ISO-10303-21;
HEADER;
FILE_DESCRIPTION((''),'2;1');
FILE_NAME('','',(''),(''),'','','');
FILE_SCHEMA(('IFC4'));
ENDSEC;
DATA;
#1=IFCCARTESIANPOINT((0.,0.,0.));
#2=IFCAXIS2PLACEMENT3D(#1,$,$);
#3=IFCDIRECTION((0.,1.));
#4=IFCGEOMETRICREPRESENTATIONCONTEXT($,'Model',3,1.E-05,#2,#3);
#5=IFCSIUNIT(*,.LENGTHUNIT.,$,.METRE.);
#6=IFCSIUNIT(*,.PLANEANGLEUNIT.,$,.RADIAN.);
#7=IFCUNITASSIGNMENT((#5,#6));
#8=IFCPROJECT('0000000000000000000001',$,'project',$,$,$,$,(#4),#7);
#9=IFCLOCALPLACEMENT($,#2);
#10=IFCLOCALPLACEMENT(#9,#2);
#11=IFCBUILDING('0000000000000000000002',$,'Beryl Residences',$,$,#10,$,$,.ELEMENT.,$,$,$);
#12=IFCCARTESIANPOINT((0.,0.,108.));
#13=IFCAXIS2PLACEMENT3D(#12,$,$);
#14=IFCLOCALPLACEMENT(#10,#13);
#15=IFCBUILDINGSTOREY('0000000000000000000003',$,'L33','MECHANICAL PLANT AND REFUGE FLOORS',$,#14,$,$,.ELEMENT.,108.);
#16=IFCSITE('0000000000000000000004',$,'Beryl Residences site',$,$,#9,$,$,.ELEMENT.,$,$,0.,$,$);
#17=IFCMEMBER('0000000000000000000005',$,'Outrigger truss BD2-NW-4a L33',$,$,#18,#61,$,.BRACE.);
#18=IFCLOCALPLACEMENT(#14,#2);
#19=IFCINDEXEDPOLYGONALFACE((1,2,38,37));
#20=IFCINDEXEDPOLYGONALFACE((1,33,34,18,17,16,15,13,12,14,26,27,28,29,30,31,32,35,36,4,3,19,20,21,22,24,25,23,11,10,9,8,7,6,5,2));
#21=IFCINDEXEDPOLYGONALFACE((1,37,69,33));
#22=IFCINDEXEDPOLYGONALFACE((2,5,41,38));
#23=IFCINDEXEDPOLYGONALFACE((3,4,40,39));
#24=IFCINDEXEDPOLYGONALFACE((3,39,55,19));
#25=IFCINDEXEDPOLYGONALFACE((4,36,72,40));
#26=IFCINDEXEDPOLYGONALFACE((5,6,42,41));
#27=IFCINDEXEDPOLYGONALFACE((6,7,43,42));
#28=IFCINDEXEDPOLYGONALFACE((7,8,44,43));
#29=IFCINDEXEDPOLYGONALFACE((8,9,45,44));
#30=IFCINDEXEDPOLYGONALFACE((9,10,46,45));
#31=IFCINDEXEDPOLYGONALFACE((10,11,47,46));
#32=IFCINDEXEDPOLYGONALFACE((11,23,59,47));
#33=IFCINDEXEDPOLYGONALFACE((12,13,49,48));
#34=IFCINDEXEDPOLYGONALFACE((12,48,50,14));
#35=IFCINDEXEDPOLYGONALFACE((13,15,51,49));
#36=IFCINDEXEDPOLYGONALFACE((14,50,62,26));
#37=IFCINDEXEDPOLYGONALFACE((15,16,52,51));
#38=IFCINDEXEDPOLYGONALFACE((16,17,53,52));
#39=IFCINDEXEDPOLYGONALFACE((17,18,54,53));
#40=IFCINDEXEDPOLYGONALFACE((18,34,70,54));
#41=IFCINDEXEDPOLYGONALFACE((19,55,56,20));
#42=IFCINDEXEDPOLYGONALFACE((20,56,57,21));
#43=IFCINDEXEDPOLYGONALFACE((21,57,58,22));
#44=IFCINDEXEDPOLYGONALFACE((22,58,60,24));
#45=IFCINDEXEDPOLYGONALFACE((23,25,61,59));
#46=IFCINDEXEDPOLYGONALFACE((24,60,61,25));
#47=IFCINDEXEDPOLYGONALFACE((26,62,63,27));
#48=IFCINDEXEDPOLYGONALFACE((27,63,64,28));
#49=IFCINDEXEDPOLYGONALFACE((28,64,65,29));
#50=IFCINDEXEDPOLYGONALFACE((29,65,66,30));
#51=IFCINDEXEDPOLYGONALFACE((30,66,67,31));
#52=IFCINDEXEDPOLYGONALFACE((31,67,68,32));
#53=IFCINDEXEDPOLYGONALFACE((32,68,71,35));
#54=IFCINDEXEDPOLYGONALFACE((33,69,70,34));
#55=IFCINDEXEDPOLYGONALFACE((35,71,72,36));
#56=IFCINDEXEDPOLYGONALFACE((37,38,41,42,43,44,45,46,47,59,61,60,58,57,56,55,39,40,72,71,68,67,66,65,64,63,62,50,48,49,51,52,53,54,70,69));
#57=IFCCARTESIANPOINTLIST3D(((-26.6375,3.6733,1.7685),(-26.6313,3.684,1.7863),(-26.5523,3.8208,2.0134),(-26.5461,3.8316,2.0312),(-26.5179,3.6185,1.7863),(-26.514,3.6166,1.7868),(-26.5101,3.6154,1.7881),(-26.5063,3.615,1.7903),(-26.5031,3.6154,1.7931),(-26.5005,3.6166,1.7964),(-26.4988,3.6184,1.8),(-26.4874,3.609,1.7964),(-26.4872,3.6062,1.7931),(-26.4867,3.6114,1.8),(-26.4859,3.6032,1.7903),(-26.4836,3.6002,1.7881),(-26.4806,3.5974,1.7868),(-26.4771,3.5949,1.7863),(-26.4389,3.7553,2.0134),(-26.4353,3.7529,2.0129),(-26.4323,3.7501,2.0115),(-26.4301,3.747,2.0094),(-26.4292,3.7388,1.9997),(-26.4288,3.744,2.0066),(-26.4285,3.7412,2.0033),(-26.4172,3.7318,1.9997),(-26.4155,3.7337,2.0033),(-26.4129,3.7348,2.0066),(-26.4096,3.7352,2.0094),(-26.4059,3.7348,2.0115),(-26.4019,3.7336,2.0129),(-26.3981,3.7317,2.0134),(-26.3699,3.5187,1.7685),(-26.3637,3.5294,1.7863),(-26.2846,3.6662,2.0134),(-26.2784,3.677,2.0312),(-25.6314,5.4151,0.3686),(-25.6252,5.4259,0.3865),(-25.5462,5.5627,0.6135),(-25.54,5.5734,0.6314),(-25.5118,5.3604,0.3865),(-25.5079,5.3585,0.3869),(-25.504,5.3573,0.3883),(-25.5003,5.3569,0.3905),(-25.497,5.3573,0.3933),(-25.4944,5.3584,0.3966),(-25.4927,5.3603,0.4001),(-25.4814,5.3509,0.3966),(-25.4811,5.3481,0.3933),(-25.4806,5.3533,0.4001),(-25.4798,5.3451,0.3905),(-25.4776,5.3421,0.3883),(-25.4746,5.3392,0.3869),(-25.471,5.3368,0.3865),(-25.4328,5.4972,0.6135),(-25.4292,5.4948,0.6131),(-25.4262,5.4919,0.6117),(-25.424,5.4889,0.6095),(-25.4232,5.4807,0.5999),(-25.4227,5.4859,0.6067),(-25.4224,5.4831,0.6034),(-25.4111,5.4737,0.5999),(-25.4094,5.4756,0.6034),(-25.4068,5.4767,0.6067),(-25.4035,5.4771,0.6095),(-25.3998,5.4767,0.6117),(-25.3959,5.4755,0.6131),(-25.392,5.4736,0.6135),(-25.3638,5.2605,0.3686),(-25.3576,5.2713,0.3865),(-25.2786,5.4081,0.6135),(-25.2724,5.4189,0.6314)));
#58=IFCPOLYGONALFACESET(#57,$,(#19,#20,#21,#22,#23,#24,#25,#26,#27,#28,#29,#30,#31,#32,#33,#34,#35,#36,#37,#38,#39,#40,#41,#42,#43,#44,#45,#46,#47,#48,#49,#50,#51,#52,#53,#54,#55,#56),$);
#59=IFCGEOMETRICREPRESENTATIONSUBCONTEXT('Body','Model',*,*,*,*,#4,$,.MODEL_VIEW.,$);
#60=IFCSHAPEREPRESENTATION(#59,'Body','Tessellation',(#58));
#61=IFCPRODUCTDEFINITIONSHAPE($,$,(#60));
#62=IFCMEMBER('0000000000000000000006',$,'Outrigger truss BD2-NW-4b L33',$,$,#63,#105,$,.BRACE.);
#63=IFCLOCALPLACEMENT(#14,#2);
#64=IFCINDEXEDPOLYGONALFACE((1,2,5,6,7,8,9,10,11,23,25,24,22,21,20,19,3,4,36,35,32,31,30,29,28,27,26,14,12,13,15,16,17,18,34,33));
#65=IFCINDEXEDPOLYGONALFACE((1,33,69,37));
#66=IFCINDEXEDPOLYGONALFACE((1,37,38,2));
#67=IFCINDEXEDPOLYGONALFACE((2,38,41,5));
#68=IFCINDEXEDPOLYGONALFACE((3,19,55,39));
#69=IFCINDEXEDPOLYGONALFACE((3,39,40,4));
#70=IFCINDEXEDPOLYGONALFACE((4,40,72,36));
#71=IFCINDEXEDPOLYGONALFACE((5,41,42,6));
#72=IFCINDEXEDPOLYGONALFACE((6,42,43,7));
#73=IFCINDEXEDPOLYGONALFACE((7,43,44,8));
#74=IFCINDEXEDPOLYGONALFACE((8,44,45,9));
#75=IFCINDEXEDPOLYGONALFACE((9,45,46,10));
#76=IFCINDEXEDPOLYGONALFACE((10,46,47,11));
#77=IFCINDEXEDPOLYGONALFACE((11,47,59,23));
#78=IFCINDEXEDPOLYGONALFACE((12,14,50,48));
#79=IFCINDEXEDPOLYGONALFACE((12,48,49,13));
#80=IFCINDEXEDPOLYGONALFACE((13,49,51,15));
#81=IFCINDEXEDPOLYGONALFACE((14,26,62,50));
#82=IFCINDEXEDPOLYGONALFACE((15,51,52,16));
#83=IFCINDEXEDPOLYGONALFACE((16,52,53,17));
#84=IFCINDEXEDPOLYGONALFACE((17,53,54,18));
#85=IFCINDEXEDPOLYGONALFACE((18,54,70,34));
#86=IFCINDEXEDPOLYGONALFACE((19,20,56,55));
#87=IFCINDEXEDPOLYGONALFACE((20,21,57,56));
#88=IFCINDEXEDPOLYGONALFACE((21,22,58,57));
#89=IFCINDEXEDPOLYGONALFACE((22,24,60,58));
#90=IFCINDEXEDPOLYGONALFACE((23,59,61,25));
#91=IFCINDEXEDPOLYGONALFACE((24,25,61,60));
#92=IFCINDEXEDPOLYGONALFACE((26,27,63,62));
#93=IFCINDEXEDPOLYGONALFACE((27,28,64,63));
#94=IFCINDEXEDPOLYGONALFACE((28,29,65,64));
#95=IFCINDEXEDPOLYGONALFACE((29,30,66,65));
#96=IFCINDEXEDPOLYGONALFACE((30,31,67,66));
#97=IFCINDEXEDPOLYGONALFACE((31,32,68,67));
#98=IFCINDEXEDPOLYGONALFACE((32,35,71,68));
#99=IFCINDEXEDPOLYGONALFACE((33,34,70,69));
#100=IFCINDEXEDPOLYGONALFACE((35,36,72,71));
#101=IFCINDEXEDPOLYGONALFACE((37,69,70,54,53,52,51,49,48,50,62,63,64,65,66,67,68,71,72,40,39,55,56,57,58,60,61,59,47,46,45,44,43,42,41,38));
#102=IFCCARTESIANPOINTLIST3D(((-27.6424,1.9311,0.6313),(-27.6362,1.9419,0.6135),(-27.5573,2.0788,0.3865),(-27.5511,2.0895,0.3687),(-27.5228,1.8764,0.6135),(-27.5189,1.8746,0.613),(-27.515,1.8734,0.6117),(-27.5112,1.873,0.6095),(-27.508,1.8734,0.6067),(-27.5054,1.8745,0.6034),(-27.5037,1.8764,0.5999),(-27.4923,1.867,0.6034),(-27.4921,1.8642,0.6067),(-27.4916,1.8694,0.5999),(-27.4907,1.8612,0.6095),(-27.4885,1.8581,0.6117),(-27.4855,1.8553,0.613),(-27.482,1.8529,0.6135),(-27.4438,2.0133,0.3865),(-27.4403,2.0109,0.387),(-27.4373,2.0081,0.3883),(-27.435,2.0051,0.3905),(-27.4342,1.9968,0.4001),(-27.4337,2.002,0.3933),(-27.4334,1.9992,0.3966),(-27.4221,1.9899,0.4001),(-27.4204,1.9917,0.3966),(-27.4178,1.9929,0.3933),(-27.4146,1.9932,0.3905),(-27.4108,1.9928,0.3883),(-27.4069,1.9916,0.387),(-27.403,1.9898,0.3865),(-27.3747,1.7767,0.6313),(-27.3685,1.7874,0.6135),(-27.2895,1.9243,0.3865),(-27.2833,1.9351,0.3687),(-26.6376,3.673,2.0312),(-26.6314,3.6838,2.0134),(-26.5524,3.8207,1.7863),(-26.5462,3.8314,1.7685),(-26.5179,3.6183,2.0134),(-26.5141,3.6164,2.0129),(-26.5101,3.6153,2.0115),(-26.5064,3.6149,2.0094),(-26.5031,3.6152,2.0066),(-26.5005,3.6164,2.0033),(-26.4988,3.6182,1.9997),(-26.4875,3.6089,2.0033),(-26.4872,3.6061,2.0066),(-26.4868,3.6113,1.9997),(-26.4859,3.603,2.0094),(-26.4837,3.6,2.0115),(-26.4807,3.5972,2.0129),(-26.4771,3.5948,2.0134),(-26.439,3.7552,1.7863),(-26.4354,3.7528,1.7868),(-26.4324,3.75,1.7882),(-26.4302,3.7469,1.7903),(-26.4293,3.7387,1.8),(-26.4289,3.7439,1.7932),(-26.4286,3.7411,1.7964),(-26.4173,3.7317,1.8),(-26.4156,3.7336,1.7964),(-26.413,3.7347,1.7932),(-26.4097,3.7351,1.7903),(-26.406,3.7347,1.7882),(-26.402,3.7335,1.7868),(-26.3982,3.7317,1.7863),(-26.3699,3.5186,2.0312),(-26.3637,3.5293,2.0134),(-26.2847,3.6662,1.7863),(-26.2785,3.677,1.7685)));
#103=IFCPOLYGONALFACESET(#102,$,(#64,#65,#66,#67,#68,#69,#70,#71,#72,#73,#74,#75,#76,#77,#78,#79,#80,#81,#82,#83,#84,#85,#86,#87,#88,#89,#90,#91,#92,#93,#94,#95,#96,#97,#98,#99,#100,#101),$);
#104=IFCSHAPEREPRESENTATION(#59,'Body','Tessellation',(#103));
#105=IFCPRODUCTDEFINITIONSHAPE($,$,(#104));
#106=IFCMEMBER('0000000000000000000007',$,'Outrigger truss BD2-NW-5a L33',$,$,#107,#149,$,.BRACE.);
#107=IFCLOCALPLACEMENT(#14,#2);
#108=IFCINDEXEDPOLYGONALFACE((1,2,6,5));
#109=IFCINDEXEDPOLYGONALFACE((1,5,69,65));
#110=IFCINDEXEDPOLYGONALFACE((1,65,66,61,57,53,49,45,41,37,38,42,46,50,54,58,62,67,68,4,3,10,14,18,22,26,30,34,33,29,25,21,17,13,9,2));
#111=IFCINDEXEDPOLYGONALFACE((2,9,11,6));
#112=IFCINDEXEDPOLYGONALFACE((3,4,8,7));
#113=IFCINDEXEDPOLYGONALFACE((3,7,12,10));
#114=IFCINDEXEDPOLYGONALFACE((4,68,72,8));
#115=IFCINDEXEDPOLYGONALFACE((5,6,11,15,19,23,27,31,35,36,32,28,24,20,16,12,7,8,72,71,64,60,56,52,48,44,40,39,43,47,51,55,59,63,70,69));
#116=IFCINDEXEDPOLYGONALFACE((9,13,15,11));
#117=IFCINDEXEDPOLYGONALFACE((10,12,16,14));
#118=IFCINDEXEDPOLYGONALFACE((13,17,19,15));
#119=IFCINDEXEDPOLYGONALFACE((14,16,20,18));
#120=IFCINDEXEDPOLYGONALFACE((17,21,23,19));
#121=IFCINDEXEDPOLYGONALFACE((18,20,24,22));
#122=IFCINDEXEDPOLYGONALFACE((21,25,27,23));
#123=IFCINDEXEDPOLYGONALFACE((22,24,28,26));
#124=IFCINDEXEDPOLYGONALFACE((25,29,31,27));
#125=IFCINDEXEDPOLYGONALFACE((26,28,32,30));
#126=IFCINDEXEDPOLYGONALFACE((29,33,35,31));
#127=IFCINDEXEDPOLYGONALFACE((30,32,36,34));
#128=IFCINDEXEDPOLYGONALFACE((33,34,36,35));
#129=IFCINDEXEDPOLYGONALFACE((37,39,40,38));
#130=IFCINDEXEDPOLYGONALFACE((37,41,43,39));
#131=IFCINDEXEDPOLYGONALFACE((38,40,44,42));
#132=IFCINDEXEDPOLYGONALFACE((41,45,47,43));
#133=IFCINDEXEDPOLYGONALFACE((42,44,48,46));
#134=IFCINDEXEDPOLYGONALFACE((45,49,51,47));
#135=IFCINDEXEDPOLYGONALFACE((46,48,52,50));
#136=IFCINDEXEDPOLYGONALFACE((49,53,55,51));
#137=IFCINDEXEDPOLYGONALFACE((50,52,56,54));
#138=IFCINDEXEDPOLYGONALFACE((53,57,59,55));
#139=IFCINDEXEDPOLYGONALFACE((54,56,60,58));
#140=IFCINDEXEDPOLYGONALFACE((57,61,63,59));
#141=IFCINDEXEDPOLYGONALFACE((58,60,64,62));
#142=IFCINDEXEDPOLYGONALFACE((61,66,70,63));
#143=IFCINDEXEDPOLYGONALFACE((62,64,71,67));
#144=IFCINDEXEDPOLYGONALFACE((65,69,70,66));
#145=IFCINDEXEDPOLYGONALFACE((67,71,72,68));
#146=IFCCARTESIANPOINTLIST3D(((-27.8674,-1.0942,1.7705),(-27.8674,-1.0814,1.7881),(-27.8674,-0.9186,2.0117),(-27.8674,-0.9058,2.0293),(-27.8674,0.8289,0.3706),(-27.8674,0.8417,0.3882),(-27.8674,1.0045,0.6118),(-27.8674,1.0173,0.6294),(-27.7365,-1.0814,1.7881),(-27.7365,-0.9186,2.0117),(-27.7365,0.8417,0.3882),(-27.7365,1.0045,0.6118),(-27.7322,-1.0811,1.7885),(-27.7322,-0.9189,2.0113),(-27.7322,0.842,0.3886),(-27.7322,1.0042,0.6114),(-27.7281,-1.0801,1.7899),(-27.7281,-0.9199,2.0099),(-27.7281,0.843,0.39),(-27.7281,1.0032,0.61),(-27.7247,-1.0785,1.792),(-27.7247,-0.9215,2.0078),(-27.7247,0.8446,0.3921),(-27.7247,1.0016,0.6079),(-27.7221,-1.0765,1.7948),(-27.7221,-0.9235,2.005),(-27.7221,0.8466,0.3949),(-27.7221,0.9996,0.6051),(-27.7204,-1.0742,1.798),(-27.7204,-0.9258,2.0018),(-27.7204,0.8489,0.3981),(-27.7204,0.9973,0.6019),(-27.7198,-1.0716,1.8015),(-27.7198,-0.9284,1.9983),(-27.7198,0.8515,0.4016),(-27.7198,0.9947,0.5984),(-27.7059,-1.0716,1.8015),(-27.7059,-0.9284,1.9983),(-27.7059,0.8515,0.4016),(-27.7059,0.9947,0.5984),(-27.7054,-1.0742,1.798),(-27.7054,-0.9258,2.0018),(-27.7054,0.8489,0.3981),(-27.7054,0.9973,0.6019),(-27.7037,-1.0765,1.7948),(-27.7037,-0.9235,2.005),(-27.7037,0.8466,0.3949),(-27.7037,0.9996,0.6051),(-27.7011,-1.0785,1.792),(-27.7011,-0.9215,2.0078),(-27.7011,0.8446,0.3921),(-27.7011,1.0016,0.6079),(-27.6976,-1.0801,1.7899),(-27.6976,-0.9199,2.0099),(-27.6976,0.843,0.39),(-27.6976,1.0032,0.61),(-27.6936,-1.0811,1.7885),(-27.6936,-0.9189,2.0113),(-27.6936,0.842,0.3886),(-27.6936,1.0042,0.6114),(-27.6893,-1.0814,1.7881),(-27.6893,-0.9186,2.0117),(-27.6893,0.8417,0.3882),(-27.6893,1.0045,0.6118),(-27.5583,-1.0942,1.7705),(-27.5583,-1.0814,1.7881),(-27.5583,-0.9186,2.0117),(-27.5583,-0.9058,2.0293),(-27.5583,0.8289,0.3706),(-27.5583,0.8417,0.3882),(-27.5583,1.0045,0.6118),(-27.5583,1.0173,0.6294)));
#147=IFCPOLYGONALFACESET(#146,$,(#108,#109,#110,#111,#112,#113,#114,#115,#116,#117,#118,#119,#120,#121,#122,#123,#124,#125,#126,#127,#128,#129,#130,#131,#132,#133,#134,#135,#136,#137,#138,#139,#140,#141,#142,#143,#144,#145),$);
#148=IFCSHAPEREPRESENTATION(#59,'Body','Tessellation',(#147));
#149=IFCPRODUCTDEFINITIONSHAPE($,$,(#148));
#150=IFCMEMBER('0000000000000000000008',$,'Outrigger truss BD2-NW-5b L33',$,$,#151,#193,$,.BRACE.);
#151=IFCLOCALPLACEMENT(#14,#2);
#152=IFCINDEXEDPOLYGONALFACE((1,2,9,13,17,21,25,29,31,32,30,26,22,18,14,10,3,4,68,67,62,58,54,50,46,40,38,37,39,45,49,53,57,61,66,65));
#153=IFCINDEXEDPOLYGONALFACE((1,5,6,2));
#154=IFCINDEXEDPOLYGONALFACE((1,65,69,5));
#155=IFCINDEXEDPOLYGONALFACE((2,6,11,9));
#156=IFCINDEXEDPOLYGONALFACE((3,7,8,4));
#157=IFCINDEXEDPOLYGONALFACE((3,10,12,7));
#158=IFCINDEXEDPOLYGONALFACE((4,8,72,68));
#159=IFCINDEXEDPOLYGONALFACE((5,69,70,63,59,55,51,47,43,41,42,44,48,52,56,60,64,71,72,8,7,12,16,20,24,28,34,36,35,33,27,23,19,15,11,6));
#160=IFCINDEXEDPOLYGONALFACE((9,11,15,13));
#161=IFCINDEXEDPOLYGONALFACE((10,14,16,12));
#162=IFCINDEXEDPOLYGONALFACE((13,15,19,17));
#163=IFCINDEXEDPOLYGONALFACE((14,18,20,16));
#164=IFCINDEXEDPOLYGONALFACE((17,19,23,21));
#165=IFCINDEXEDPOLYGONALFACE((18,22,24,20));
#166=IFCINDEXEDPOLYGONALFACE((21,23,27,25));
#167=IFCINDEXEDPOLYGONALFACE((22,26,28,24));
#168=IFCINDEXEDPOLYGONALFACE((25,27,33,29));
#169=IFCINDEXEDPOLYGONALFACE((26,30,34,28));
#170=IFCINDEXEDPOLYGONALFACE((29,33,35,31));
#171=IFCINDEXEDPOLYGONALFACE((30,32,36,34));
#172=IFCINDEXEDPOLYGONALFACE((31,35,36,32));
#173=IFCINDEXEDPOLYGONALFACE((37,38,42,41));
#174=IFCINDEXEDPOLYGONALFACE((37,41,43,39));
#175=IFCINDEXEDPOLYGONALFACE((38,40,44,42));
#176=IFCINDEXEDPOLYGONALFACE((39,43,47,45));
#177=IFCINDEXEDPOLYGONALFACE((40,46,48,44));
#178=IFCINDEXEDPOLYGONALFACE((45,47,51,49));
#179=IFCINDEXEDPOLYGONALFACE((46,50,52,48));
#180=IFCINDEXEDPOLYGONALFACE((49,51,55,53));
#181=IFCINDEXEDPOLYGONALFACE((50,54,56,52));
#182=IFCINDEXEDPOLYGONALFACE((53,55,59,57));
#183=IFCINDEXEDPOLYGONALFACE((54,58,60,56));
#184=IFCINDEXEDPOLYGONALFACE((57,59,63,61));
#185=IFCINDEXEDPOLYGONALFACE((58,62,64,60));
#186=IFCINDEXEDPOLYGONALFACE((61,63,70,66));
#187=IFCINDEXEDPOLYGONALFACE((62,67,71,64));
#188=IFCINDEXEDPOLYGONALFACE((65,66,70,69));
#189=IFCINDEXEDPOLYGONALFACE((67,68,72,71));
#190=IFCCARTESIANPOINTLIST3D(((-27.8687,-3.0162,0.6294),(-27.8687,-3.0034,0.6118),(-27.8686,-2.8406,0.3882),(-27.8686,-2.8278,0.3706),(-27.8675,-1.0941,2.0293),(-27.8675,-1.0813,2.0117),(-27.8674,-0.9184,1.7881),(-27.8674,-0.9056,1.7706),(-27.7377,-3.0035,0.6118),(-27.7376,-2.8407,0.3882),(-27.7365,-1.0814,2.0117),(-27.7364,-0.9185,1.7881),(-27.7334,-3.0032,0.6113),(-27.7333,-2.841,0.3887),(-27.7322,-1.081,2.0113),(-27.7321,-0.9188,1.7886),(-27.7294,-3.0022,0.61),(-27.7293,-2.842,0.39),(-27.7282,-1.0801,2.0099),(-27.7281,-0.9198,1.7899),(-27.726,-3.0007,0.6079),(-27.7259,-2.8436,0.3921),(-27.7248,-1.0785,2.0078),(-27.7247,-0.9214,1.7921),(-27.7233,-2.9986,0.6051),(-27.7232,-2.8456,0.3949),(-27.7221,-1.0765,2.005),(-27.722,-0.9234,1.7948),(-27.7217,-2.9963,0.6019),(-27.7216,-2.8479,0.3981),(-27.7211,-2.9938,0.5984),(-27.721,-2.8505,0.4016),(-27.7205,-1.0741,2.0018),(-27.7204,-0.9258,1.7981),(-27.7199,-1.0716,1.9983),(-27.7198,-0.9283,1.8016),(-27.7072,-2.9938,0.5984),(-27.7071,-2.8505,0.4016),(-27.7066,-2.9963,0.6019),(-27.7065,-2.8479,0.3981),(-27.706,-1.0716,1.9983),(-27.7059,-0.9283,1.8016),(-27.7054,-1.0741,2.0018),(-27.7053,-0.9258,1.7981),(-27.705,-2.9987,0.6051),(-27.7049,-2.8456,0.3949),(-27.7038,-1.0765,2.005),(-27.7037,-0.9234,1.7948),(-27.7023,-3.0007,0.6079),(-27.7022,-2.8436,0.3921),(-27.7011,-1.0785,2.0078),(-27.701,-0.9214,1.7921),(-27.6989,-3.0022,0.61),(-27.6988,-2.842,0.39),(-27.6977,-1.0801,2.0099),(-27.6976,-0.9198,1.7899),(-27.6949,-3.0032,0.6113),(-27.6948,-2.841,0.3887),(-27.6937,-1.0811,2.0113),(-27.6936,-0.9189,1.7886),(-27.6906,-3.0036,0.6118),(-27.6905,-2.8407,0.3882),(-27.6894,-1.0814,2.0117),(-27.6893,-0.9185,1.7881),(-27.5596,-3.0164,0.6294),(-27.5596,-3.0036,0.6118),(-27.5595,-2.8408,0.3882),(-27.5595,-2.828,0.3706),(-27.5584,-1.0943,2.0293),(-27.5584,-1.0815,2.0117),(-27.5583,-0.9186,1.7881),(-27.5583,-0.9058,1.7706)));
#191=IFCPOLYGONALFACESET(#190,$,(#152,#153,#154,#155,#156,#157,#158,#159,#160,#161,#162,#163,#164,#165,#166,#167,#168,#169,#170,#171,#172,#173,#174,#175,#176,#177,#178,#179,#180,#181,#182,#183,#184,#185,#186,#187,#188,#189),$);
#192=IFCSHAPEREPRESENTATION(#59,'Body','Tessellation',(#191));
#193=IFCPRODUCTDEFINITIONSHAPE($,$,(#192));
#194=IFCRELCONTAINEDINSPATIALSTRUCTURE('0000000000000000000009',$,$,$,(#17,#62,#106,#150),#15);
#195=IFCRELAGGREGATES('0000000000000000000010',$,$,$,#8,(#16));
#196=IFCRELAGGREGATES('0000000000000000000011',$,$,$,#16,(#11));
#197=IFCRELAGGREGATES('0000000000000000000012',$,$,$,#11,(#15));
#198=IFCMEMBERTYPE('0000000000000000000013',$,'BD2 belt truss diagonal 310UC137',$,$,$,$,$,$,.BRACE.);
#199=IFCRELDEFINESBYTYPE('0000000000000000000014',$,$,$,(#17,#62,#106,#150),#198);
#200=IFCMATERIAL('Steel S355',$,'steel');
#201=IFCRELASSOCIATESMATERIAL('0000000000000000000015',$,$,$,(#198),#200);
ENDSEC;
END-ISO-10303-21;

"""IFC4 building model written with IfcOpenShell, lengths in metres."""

from ifc_helpers import new_model, si_unit, direction, frame, origin, origin_2d, place, context, subcontext, project, spatial, i_section, extrude, material, material_profile, profile_set, type_object, element, save


model = new_model("IFC4")

# Units and contexts
model_context = context("Model", 3, precision=1e-05, world=origin(), true_north=direction((0.0, 1.0)))
body_context = subcontext(model_context, "Body", "Model", "MODEL_VIEW")
ifc_project = project(units=[si_unit("LENGTHUNIT", "METRE"), si_unit("PLANEANGLEUNIT", "RADIAN")], contexts=[model_context])

# Site, building, storey
site_placement = place(None, origin())
site = spatial("IfcSite", under=ifc_project, at=site_placement, Name="Beryl Residences site", CompositionType="ELEMENT", RefElevation=0.0)
building_placement = place(site_placement, origin())
building = spatial("IfcBuilding", under=site, at=building_placement, Name="Beryl Residences", CompositionType="ELEMENT")
storey_placement = place(building_placement, frame((0.0, 0.0, 108.0)))
storey = spatial("IfcBuildingStorey", under=building, at=storey_placement, Name="L33", Description="MECHANICAL PLANT AND REFUGE FLOORS", CompositionType="ELEMENT", Elevation=108.0)

# Members
ifc_material_1 = material(Name="Steel S355", Category="steel")
ifc_material_profile_1 = material_profile(ifc_material_1, i_section(OverallWidth=0.3091, OverallDepth=0.3201, WebThickness=0.0139, FlangeThickness=0.0217, FilletRadius=0.0166, at=origin_2d()))
ifc_profile_set_1 = profile_set([ifc_material_profile_1], Name="Steel S355")
member_type_1 = type_object("IfcMemberType", Name="BD2 belt truss diagonal 310UC137", PredefinedType="BRACE", material=ifc_profile_set_1)
for number, where, z_axis, x_axis, name in (
    (1, (-25.4519, 5.417, 0.5), (-0.410523, -0.71077, 0.571206), (0.865941, -0.500146, 0.0), "Outrigger truss BD2-NW-4a L33"),
):
    element("IfcMember", number, at=place(storey_placement, frame(where, z_axis=z_axis, x_axis=x_axis)), inside=storey, type_object=member_type_1, Name=name, PredefinedType="BRACE", context=body_context, shape_type="SweptSolid", body=[
        extrude(i_section(OverallWidth=0.3091, OverallDepth=0.3201, WebThickness=0.0139, FlangeThickness=0.0217, FilletRadius=0.0166, at=origin_2d()), origin(), (0.0, 0.0, 1.0), 2.4507),
    ])
member_1_placement = place(storey_placement, frame((-27.4629, 1.9331, 0.5), z_axis=(0.410109, 0.710915, 0.571323), x_axis=(-0.866204, 0.499691, 0.0)))
element("IfcMember", 2, at=member_1_placement, inside=storey, type_object=member_type_1, Name="Outrigger truss BD2-NW-4b L33", PredefinedType="BRACE", context=body_context, shape_type="SweptSolid", body=[
    extrude(i_section(OverallWidth=0.3091, OverallDepth=0.3201, WebThickness=0.0139, FlangeThickness=0.0217, FilletRadius=0.0166, at=origin_2d()), origin(), (0.0, 0.0, 1.0), 2.4502),
])
member_2_placement = place(storey_placement, frame((-27.7129, 0.9231, 0.5), z_axis=(0.0, -0.808479, 0.588526), x_axis=(1.0, 0.0, 0.0)))
element("IfcMember", 3, at=member_2_placement, inside=storey, type_object=member_type_1, Name="Outrigger truss BD2-NW-5a L33", PredefinedType="BRACE", context=body_context, shape_type="SweptSolid", body=[
    extrude(i_section(OverallWidth=0.3091, OverallDepth=0.3201, WebThickness=0.0139, FlangeThickness=0.0217, FilletRadius=0.0166, at=origin_2d()), origin(), (0.0, 0.0, 1.0), 2.3787),
])
member_3_placement = place(storey_placement, frame((-27.7141, -2.9221, 0.5), z_axis=(0.000513, 0.808336, 0.588721), x_axis=(-1.0, 0.000635, 0.0)))
element("IfcMember", 4, at=member_3_placement, inside=storey, type_object=member_type_1, Name="Outrigger truss BD2-NW-5b L33", PredefinedType="BRACE", context=body_context, shape_type="SweptSolid", body=[
    extrude(i_section(OverallWidth=0.3091, OverallDepth=0.3201, WebThickness=0.0139, FlangeThickness=0.0217, FilletRadius=0.0166, at=origin_2d()), origin(), (0.0, 0.0, 1.0), 2.3779),
])

save(model, "model.ifc")
